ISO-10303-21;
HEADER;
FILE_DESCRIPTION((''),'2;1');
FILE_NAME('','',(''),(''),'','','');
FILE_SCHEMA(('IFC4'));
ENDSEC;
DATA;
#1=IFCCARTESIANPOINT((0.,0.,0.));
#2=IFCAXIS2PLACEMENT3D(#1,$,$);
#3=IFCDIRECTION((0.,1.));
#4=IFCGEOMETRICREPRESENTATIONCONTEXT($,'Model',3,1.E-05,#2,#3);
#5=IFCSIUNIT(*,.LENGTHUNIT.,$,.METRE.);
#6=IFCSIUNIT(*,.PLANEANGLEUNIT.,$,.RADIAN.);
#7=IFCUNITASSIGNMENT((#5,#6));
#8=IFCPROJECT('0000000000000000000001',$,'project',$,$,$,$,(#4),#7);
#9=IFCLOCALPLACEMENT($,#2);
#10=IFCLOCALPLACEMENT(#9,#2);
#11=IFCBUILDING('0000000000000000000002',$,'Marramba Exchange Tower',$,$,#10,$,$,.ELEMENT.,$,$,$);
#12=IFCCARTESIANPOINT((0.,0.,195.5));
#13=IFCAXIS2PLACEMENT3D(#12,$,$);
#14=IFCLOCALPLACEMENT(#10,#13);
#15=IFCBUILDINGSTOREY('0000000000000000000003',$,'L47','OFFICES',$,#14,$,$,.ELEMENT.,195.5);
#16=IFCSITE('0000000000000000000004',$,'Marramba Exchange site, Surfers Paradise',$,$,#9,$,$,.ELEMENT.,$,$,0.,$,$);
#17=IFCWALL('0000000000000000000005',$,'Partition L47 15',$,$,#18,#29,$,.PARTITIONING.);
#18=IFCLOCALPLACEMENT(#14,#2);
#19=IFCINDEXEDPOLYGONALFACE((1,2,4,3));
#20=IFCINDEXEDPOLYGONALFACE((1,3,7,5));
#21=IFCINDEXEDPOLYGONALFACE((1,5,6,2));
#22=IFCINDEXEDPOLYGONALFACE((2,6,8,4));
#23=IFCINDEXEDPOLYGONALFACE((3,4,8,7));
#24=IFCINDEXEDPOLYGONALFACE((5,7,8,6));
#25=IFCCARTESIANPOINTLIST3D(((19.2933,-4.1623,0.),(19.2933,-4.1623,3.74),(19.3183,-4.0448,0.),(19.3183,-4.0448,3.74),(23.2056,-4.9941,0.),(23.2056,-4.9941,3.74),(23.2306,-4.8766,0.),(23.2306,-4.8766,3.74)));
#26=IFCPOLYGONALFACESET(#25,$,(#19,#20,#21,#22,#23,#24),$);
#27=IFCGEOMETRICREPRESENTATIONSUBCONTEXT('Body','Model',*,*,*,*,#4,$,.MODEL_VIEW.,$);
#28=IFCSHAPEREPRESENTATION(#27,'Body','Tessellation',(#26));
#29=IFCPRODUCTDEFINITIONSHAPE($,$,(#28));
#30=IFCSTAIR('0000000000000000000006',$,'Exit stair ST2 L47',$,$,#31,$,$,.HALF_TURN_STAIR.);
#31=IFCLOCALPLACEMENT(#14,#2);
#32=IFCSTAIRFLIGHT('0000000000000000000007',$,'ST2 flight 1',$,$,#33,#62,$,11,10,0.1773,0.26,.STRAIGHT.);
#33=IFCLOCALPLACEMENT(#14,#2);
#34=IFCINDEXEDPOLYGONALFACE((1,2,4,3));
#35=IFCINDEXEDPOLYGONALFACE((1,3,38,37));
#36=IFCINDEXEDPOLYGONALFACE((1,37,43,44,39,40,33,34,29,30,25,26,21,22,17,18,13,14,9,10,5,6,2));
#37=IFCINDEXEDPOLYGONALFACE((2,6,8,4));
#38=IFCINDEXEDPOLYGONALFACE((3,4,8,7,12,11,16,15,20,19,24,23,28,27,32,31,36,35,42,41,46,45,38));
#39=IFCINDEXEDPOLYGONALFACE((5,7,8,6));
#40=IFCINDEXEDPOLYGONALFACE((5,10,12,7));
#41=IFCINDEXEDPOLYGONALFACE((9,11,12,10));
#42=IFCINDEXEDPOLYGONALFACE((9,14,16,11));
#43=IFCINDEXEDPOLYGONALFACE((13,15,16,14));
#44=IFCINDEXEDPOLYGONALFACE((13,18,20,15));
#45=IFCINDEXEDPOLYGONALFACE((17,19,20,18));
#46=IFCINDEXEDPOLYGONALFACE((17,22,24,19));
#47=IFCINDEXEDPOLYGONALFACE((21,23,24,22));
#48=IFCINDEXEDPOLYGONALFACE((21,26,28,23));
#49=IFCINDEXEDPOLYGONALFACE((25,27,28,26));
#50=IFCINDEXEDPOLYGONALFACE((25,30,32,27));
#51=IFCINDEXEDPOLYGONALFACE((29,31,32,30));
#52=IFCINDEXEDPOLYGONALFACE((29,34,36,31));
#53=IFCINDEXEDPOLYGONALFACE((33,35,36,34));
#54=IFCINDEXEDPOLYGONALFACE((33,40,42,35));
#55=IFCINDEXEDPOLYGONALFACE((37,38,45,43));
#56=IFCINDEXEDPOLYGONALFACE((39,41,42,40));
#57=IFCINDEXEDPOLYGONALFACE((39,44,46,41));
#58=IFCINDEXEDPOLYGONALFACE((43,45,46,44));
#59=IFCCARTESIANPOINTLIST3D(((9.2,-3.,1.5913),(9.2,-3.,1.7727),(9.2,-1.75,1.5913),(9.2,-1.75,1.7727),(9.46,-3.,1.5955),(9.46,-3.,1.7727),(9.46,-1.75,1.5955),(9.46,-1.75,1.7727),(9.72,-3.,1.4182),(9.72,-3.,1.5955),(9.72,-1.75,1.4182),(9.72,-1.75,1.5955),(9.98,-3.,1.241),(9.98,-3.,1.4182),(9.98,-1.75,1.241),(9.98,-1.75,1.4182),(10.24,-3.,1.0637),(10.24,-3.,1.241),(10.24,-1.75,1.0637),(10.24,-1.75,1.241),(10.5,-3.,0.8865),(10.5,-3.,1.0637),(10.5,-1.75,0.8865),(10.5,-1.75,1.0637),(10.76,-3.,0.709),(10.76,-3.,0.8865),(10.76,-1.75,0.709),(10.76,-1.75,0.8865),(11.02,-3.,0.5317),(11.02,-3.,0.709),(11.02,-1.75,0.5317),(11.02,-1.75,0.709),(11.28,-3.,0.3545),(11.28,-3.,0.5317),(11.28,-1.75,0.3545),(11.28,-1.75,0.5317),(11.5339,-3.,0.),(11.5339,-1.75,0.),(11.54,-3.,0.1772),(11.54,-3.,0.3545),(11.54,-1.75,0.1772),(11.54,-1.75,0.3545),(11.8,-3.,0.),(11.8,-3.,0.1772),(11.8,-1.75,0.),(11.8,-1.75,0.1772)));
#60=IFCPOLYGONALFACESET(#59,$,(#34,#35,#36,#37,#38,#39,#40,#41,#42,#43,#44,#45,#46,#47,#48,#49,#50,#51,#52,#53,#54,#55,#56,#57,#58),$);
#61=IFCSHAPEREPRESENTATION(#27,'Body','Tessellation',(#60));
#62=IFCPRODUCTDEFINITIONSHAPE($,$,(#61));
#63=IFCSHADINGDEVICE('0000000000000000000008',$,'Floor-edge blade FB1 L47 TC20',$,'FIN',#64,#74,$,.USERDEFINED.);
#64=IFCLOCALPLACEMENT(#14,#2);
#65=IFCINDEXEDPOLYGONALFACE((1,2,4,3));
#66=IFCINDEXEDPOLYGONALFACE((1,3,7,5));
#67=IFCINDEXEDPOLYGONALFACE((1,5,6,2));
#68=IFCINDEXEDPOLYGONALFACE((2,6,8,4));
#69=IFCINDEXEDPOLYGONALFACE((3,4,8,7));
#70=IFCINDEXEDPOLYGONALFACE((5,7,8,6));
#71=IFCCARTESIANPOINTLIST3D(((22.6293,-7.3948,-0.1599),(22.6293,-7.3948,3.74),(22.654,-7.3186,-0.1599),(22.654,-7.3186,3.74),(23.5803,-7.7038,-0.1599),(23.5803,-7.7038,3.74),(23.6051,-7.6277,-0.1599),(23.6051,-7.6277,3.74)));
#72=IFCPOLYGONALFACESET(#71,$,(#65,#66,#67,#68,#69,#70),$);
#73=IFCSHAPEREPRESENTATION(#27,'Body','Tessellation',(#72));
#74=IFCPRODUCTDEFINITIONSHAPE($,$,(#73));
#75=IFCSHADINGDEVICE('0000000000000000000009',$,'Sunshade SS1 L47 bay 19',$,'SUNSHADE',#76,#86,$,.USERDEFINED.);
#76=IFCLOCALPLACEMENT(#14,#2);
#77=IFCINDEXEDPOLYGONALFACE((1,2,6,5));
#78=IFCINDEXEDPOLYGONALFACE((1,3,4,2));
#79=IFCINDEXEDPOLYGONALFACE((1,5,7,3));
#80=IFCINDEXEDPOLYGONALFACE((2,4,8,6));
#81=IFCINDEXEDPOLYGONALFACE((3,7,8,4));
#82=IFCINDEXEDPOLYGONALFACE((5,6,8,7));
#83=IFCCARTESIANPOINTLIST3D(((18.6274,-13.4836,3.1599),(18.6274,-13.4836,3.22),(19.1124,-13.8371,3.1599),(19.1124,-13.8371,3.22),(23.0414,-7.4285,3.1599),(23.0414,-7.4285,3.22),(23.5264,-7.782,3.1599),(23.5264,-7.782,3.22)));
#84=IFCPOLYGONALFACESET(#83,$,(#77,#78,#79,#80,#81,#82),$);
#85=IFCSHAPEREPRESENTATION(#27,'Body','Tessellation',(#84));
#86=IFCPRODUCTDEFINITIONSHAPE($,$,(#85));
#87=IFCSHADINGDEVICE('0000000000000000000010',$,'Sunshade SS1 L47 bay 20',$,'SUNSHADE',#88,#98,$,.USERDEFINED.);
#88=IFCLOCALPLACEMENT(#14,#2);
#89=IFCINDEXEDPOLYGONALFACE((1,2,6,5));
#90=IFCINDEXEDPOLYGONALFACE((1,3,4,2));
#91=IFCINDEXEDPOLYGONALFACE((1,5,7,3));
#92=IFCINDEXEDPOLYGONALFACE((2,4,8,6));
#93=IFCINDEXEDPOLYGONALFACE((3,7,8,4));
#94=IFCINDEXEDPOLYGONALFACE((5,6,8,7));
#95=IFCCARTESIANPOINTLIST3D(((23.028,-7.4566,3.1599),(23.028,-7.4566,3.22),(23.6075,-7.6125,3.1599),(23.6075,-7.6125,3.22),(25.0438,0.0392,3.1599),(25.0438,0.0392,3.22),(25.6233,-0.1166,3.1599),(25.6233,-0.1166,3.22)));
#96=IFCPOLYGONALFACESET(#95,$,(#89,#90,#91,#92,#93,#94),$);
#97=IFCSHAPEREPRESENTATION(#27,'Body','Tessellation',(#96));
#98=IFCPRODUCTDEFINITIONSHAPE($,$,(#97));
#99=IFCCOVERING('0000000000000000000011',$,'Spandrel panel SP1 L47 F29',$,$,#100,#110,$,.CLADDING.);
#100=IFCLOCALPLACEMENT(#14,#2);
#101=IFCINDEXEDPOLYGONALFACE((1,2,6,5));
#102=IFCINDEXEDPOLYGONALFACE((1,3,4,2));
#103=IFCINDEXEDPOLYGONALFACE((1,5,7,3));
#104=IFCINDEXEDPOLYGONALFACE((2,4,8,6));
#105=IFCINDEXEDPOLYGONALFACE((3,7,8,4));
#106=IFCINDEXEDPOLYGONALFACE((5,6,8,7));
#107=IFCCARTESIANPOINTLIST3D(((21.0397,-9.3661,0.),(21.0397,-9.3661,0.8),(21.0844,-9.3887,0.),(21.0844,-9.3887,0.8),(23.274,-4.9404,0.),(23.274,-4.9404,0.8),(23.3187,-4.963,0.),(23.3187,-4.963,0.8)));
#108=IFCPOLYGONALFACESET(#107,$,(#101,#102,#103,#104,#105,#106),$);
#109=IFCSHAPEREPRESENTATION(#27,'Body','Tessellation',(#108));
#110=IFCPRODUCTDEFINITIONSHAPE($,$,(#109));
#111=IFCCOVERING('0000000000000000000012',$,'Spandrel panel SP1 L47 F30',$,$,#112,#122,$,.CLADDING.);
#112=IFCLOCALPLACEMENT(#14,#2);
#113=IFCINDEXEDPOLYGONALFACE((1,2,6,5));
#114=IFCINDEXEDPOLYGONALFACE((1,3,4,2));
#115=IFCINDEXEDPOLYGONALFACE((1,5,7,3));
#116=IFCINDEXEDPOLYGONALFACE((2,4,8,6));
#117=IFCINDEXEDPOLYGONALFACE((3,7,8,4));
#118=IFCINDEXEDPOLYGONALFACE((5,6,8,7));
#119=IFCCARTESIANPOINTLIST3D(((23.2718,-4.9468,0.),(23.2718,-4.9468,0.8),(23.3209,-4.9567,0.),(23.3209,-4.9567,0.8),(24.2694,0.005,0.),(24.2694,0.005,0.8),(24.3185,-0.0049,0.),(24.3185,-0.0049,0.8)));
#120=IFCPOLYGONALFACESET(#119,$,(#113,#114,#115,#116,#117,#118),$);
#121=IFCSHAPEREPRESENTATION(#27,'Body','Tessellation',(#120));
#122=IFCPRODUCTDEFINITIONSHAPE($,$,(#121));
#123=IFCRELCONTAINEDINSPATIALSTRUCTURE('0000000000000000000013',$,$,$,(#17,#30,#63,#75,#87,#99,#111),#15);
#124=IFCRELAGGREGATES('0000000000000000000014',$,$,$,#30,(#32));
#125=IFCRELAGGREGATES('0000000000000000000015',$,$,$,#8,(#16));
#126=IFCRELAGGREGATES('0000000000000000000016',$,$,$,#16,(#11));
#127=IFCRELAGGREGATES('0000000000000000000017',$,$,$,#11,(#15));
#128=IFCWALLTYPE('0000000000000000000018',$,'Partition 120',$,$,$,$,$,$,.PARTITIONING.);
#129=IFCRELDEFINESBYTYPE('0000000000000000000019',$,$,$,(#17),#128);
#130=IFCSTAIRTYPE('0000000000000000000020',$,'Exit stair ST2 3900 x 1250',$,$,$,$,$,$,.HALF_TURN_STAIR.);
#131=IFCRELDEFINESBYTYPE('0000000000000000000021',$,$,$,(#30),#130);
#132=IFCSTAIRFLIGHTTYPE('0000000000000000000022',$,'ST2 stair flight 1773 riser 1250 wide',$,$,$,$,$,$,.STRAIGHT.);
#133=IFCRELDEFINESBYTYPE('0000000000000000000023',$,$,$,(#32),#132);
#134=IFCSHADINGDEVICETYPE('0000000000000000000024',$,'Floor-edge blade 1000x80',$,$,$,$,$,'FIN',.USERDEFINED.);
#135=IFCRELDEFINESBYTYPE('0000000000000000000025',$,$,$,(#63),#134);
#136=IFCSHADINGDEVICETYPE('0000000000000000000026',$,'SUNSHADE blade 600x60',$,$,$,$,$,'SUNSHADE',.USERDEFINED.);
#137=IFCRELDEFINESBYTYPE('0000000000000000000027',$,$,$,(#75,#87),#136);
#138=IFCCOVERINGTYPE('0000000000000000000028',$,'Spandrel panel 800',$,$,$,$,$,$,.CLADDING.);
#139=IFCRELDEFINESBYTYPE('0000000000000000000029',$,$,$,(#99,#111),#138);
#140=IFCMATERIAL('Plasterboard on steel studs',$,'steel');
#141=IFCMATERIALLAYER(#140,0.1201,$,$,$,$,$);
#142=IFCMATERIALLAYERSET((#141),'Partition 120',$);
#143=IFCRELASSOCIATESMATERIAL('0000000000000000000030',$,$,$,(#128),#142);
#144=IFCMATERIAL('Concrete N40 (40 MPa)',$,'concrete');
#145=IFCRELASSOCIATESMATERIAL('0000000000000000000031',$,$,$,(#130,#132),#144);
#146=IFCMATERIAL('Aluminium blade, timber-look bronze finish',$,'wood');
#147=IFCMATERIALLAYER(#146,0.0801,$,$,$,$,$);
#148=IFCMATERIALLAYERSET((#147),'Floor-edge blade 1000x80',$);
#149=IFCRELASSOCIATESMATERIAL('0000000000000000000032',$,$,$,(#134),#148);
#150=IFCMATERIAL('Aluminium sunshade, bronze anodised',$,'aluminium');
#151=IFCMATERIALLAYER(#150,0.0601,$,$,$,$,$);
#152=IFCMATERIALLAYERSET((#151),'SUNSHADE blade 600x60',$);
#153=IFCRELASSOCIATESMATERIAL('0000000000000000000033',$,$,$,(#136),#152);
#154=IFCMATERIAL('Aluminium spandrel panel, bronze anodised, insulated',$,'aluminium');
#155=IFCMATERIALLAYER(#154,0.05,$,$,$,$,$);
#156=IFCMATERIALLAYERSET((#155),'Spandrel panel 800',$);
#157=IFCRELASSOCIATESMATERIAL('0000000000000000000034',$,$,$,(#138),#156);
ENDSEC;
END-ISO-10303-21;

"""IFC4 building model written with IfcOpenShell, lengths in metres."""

from ifc_helpers import new_model, si_unit, direction, frame, frame_2d, origin, origin_2d, place, context, subcontext, project, spatial, polyline, rectangle, outline, extrude, material, layer, layer_set, type_object, element, aggregate, save


model = new_model("IFC4")

# Units and contexts
model_context = context("Model", 3, precision=1e-05, world=origin(), true_north=direction((0.0, 1.0)))
body_context = subcontext(model_context, "Body", "Model", "MODEL_VIEW")
ifc_project = project(units=[si_unit("LENGTHUNIT", "METRE"), si_unit("PLANEANGLEUNIT", "RADIAN")], contexts=[model_context])

# Site, building, storey
site_placement = place(None, origin())
site = spatial("IfcSite", under=ifc_project, at=site_placement, Name="Marramba Exchange site, Surfers Paradise", CompositionType="ELEMENT", RefElevation=0.0)
building_placement = place(site_placement, origin())
building = spatial("IfcBuilding", under=site, at=building_placement, Name="Marramba Exchange Tower", CompositionType="ELEMENT")
storey_placement = place(building_placement, frame((0.0, 0.0, 195.5)))
storey = spatial("IfcBuildingStorey", under=building, at=storey_placement, Name="L47", Description="OFFICES", CompositionType="ELEMENT", Elevation=195.5)

# Wall
ifc_material_1 = material(Name="Plasterboard on steel studs", Category="steel")
ifc_layer_1 = layer(ifc_material_1, 0.1201)
ifc_layer_set_1 = layer_set([ifc_layer_1], Name="Partition 120")
wall_type_1 = type_object("IfcWallType", Name="Partition 120", PredefinedType="PARTITIONING", material=ifc_layer_set_1)
wall_1_placement = place(storey_placement, frame((19.3057, -4.1035, 0.0), z_axis=(0.0, 0.0, 1.0), x_axis=(0.978138, -0.207957, 0.0)))
element("IfcWall", 1, at=wall_1_placement, inside=storey, type_object=wall_type_1, Name="Partition L47 15", PredefinedType="PARTITIONING", context=body_context, shape_type="SweptSolid", body=[
    extrude(rectangle(XDim=3.9998, YDim=0.1201, at=frame_2d((2.0, 0.0))), origin(), (0.0, 0.0, 1.0), 3.74),
])

# Stair, stair flight
ifc_material_2 = material(Name="Concrete N40 (40 MPa)", Category="concrete")
stair_type = type_object("IfcStairType", Name="Exit stair ST2 3900 x 1250", PredefinedType="HALF_TURN_STAIR", material=ifc_material_2)
stair_placement = place(storey_placement, origin())
stair = element("IfcStair", 2, at=stair_placement, inside=storey, type_object=stair_type, Name="Exit stair ST2 L47", PredefinedType="HALF_TURN_STAIR")
stair_flight_type = type_object("IfcStairFlightType", Name="ST2 stair flight 1773 riser 1250 wide", PredefinedType="STRAIGHT", material=ifc_material_2)
stair_flight_placement = place(storey_placement, frame((11.8, -2.375, 0.0), z_axis=(0.0, 0.0, 1.0), x_axis=(-1.0, 0.0, 0.0)))
stair_flight = element("IfcStairFlight", 3, at=stair_flight_placement, type_object=stair_flight_type, Name="ST2 flight 1", NumberOfRisers=11, NumberOfTreads=10, PredefinedType="STRAIGHT", RiserHeight=0.1773, TreadLength=0.26, context=body_context, shape_type="SweptSolid", body=[
    extrude(outline(polyline([(0.0, 0.0), (0.0, 0.1772), (0.26, 0.1772), (0.26, 0.3545), (0.52, 0.3545), (0.52, 0.5317), (0.78, 0.5317), (0.78, 0.709), (1.04, 0.709), (1.04, 0.8865), (1.3, 0.8865), (1.3, 1.0637), (1.5601, 1.0637), (1.5601, 1.241), (1.8201, 1.241), (1.8201, 1.4182), (2.0801, 1.4182), (2.0801, 1.5955), (2.3401, 1.5955), (2.3401, 1.7727), (2.6001, 1.7727), (2.6001, 1.95), (2.6001, 1.5913), (0.2661, 0.0), (0.0, 0.0)])), frame((0.0, 0.625, 0.0), z_axis=(0.0, -1.0, 0.0), x_axis=(1.0, 0.0, 0.0)), (0.0, 0.0, 1.0), 1.25),
])
aggregate(stair, [stair_flight])

# Shading devices
ifc_material_3 = material(Name="Aluminium blade, timber-look bronze finish", Category="wood")
ifc_layer_2 = layer(ifc_material_3, 0.0801)
ifc_layer_set_2 = layer_set([ifc_layer_2], Name="Floor-edge blade 1000x80")
shading_device_type_1 = type_object("IfcShadingDeviceType", Name="Floor-edge blade 1000x80", ElementType="FIN", PredefinedType="USERDEFINED", material=ifc_layer_set_2)
shading_device_1_placement = place(storey_placement, frame((23.1172, -7.5112, -0.1599), z_axis=(0.0, 0.0, 1.0), x_axis=(0.951057, -0.309017, 0.0)))
element("IfcShadingDevice", 4, at=shading_device_1_placement, inside=storey, type_object=shading_device_type_1, Name="Floor-edge blade FB1 L47 TC20", ObjectType="FIN", PredefinedType="USERDEFINED", context=body_context, shape_type="SweptSolid", body=[
    extrude(rectangle(XDim=1.0, YDim=0.0801, at=origin_2d()), origin(), (0.0, 0.0, 1.0), 3.8999),
])
ifc_material_4 = material(Name="Aluminium sunshade, bronze anodised", Category="aluminium")
ifc_layer_3 = layer(ifc_material_4, 0.0601)
ifc_layer_set_3 = layer_set([ifc_layer_3], Name="SUNSHADE blade 600x60")
shading_device_type_2 = type_object("IfcShadingDeviceType", Name="SUNSHADE blade 600x60", ElementType="SUNSHADE", PredefinedType="USERDEFINED", material=ifc_layer_set_3)
shading_device_2_placement = place(storey_placement, frame((21.0769, -10.6328, 3.1599), z_axis=(0.0, 0.0, 1.0), x_axis=(0.589072, 0.808081, 0.0)))
element("IfcShadingDevice", 5, at=shading_device_2_placement, inside=storey, type_object=shading_device_type_2, Name="Sunshade SS1 L47 bay 19", ObjectType="SUNSHADE", PredefinedType="USERDEFINED", context=body_context, shape_type="SweptSolid", body=[
    extrude(rectangle(XDim=7.4932, YDim=0.6001, at=origin_2d()), origin(), (0.0, 0.0, 1.0), 0.0601),
])
shading_device_3_placement = place(storey_placement, frame((24.3257, -3.7866, 3.1599), z_axis=(0.0, 0.0, 1.0), x_axis=(0.259692, 0.965691, 0.0)))
element("IfcShadingDevice", 6, at=shading_device_3_placement, inside=storey, type_object=shading_device_type_2, Name="Sunshade SS1 L47 bay 20", ObjectType="SUNSHADE", PredefinedType="USERDEFINED", context=body_context, shape_type="SweptSolid", body=[
    extrude(rectangle(XDim=7.7622, YDim=0.6001, at=origin_2d()), origin(), (0.0, 0.0, 1.0), 0.0601),
])

# Coverings
ifc_material_5 = material(Name="Aluminium spandrel panel, bronze anodised, insulated", Category="aluminium")
ifc_layer_4 = layer(ifc_material_5, 0.05)
ifc_layer_set_4 = layer_set([ifc_layer_4], Name="Spandrel panel 800")
covering_type = type_object("IfcCoveringType", Name="Spandrel panel 800", PredefinedType="CLADDING", material=ifc_layer_set_4)
covering_1_placement = place(storey_placement, frame((22.1792, -7.1646, 0.0), z_axis=(0.0, 0.0, 1.0), x_axis=(0.450673, 0.892689, 0.0)))
element("IfcCovering", 7, at=covering_1_placement, inside=storey, type_object=covering_type, Name="Spandrel panel SP1 L47 F29", PredefinedType="CLADDING", context=body_context, shape_type="SweptSolid", body=[
    extrude(rectangle(XDim=4.9578, YDim=0.05, at=origin_2d()), origin(), (0.0, 0.0, 1.0), 0.8),
])
covering_2_placement = place(storey_placement, frame((23.7952, -2.4758, 0.0), z_axis=(0.0, 0.0, 1.0), x_axis=(0.197495, 0.980304, 0.0)))
element("IfcCovering", 8, at=covering_2_placement, inside=storey, type_object=covering_type, Name="Spandrel panel SP1 L47 F30", PredefinedType="CLADDING", context=body_context, shape_type="SweptSolid", body=[
    extrude(rectangle(XDim=5.0513, YDim=0.05, at=origin_2d()), origin(), (0.0, 0.0, 1.0), 0.8),
])

save(model, "model.ifc")
